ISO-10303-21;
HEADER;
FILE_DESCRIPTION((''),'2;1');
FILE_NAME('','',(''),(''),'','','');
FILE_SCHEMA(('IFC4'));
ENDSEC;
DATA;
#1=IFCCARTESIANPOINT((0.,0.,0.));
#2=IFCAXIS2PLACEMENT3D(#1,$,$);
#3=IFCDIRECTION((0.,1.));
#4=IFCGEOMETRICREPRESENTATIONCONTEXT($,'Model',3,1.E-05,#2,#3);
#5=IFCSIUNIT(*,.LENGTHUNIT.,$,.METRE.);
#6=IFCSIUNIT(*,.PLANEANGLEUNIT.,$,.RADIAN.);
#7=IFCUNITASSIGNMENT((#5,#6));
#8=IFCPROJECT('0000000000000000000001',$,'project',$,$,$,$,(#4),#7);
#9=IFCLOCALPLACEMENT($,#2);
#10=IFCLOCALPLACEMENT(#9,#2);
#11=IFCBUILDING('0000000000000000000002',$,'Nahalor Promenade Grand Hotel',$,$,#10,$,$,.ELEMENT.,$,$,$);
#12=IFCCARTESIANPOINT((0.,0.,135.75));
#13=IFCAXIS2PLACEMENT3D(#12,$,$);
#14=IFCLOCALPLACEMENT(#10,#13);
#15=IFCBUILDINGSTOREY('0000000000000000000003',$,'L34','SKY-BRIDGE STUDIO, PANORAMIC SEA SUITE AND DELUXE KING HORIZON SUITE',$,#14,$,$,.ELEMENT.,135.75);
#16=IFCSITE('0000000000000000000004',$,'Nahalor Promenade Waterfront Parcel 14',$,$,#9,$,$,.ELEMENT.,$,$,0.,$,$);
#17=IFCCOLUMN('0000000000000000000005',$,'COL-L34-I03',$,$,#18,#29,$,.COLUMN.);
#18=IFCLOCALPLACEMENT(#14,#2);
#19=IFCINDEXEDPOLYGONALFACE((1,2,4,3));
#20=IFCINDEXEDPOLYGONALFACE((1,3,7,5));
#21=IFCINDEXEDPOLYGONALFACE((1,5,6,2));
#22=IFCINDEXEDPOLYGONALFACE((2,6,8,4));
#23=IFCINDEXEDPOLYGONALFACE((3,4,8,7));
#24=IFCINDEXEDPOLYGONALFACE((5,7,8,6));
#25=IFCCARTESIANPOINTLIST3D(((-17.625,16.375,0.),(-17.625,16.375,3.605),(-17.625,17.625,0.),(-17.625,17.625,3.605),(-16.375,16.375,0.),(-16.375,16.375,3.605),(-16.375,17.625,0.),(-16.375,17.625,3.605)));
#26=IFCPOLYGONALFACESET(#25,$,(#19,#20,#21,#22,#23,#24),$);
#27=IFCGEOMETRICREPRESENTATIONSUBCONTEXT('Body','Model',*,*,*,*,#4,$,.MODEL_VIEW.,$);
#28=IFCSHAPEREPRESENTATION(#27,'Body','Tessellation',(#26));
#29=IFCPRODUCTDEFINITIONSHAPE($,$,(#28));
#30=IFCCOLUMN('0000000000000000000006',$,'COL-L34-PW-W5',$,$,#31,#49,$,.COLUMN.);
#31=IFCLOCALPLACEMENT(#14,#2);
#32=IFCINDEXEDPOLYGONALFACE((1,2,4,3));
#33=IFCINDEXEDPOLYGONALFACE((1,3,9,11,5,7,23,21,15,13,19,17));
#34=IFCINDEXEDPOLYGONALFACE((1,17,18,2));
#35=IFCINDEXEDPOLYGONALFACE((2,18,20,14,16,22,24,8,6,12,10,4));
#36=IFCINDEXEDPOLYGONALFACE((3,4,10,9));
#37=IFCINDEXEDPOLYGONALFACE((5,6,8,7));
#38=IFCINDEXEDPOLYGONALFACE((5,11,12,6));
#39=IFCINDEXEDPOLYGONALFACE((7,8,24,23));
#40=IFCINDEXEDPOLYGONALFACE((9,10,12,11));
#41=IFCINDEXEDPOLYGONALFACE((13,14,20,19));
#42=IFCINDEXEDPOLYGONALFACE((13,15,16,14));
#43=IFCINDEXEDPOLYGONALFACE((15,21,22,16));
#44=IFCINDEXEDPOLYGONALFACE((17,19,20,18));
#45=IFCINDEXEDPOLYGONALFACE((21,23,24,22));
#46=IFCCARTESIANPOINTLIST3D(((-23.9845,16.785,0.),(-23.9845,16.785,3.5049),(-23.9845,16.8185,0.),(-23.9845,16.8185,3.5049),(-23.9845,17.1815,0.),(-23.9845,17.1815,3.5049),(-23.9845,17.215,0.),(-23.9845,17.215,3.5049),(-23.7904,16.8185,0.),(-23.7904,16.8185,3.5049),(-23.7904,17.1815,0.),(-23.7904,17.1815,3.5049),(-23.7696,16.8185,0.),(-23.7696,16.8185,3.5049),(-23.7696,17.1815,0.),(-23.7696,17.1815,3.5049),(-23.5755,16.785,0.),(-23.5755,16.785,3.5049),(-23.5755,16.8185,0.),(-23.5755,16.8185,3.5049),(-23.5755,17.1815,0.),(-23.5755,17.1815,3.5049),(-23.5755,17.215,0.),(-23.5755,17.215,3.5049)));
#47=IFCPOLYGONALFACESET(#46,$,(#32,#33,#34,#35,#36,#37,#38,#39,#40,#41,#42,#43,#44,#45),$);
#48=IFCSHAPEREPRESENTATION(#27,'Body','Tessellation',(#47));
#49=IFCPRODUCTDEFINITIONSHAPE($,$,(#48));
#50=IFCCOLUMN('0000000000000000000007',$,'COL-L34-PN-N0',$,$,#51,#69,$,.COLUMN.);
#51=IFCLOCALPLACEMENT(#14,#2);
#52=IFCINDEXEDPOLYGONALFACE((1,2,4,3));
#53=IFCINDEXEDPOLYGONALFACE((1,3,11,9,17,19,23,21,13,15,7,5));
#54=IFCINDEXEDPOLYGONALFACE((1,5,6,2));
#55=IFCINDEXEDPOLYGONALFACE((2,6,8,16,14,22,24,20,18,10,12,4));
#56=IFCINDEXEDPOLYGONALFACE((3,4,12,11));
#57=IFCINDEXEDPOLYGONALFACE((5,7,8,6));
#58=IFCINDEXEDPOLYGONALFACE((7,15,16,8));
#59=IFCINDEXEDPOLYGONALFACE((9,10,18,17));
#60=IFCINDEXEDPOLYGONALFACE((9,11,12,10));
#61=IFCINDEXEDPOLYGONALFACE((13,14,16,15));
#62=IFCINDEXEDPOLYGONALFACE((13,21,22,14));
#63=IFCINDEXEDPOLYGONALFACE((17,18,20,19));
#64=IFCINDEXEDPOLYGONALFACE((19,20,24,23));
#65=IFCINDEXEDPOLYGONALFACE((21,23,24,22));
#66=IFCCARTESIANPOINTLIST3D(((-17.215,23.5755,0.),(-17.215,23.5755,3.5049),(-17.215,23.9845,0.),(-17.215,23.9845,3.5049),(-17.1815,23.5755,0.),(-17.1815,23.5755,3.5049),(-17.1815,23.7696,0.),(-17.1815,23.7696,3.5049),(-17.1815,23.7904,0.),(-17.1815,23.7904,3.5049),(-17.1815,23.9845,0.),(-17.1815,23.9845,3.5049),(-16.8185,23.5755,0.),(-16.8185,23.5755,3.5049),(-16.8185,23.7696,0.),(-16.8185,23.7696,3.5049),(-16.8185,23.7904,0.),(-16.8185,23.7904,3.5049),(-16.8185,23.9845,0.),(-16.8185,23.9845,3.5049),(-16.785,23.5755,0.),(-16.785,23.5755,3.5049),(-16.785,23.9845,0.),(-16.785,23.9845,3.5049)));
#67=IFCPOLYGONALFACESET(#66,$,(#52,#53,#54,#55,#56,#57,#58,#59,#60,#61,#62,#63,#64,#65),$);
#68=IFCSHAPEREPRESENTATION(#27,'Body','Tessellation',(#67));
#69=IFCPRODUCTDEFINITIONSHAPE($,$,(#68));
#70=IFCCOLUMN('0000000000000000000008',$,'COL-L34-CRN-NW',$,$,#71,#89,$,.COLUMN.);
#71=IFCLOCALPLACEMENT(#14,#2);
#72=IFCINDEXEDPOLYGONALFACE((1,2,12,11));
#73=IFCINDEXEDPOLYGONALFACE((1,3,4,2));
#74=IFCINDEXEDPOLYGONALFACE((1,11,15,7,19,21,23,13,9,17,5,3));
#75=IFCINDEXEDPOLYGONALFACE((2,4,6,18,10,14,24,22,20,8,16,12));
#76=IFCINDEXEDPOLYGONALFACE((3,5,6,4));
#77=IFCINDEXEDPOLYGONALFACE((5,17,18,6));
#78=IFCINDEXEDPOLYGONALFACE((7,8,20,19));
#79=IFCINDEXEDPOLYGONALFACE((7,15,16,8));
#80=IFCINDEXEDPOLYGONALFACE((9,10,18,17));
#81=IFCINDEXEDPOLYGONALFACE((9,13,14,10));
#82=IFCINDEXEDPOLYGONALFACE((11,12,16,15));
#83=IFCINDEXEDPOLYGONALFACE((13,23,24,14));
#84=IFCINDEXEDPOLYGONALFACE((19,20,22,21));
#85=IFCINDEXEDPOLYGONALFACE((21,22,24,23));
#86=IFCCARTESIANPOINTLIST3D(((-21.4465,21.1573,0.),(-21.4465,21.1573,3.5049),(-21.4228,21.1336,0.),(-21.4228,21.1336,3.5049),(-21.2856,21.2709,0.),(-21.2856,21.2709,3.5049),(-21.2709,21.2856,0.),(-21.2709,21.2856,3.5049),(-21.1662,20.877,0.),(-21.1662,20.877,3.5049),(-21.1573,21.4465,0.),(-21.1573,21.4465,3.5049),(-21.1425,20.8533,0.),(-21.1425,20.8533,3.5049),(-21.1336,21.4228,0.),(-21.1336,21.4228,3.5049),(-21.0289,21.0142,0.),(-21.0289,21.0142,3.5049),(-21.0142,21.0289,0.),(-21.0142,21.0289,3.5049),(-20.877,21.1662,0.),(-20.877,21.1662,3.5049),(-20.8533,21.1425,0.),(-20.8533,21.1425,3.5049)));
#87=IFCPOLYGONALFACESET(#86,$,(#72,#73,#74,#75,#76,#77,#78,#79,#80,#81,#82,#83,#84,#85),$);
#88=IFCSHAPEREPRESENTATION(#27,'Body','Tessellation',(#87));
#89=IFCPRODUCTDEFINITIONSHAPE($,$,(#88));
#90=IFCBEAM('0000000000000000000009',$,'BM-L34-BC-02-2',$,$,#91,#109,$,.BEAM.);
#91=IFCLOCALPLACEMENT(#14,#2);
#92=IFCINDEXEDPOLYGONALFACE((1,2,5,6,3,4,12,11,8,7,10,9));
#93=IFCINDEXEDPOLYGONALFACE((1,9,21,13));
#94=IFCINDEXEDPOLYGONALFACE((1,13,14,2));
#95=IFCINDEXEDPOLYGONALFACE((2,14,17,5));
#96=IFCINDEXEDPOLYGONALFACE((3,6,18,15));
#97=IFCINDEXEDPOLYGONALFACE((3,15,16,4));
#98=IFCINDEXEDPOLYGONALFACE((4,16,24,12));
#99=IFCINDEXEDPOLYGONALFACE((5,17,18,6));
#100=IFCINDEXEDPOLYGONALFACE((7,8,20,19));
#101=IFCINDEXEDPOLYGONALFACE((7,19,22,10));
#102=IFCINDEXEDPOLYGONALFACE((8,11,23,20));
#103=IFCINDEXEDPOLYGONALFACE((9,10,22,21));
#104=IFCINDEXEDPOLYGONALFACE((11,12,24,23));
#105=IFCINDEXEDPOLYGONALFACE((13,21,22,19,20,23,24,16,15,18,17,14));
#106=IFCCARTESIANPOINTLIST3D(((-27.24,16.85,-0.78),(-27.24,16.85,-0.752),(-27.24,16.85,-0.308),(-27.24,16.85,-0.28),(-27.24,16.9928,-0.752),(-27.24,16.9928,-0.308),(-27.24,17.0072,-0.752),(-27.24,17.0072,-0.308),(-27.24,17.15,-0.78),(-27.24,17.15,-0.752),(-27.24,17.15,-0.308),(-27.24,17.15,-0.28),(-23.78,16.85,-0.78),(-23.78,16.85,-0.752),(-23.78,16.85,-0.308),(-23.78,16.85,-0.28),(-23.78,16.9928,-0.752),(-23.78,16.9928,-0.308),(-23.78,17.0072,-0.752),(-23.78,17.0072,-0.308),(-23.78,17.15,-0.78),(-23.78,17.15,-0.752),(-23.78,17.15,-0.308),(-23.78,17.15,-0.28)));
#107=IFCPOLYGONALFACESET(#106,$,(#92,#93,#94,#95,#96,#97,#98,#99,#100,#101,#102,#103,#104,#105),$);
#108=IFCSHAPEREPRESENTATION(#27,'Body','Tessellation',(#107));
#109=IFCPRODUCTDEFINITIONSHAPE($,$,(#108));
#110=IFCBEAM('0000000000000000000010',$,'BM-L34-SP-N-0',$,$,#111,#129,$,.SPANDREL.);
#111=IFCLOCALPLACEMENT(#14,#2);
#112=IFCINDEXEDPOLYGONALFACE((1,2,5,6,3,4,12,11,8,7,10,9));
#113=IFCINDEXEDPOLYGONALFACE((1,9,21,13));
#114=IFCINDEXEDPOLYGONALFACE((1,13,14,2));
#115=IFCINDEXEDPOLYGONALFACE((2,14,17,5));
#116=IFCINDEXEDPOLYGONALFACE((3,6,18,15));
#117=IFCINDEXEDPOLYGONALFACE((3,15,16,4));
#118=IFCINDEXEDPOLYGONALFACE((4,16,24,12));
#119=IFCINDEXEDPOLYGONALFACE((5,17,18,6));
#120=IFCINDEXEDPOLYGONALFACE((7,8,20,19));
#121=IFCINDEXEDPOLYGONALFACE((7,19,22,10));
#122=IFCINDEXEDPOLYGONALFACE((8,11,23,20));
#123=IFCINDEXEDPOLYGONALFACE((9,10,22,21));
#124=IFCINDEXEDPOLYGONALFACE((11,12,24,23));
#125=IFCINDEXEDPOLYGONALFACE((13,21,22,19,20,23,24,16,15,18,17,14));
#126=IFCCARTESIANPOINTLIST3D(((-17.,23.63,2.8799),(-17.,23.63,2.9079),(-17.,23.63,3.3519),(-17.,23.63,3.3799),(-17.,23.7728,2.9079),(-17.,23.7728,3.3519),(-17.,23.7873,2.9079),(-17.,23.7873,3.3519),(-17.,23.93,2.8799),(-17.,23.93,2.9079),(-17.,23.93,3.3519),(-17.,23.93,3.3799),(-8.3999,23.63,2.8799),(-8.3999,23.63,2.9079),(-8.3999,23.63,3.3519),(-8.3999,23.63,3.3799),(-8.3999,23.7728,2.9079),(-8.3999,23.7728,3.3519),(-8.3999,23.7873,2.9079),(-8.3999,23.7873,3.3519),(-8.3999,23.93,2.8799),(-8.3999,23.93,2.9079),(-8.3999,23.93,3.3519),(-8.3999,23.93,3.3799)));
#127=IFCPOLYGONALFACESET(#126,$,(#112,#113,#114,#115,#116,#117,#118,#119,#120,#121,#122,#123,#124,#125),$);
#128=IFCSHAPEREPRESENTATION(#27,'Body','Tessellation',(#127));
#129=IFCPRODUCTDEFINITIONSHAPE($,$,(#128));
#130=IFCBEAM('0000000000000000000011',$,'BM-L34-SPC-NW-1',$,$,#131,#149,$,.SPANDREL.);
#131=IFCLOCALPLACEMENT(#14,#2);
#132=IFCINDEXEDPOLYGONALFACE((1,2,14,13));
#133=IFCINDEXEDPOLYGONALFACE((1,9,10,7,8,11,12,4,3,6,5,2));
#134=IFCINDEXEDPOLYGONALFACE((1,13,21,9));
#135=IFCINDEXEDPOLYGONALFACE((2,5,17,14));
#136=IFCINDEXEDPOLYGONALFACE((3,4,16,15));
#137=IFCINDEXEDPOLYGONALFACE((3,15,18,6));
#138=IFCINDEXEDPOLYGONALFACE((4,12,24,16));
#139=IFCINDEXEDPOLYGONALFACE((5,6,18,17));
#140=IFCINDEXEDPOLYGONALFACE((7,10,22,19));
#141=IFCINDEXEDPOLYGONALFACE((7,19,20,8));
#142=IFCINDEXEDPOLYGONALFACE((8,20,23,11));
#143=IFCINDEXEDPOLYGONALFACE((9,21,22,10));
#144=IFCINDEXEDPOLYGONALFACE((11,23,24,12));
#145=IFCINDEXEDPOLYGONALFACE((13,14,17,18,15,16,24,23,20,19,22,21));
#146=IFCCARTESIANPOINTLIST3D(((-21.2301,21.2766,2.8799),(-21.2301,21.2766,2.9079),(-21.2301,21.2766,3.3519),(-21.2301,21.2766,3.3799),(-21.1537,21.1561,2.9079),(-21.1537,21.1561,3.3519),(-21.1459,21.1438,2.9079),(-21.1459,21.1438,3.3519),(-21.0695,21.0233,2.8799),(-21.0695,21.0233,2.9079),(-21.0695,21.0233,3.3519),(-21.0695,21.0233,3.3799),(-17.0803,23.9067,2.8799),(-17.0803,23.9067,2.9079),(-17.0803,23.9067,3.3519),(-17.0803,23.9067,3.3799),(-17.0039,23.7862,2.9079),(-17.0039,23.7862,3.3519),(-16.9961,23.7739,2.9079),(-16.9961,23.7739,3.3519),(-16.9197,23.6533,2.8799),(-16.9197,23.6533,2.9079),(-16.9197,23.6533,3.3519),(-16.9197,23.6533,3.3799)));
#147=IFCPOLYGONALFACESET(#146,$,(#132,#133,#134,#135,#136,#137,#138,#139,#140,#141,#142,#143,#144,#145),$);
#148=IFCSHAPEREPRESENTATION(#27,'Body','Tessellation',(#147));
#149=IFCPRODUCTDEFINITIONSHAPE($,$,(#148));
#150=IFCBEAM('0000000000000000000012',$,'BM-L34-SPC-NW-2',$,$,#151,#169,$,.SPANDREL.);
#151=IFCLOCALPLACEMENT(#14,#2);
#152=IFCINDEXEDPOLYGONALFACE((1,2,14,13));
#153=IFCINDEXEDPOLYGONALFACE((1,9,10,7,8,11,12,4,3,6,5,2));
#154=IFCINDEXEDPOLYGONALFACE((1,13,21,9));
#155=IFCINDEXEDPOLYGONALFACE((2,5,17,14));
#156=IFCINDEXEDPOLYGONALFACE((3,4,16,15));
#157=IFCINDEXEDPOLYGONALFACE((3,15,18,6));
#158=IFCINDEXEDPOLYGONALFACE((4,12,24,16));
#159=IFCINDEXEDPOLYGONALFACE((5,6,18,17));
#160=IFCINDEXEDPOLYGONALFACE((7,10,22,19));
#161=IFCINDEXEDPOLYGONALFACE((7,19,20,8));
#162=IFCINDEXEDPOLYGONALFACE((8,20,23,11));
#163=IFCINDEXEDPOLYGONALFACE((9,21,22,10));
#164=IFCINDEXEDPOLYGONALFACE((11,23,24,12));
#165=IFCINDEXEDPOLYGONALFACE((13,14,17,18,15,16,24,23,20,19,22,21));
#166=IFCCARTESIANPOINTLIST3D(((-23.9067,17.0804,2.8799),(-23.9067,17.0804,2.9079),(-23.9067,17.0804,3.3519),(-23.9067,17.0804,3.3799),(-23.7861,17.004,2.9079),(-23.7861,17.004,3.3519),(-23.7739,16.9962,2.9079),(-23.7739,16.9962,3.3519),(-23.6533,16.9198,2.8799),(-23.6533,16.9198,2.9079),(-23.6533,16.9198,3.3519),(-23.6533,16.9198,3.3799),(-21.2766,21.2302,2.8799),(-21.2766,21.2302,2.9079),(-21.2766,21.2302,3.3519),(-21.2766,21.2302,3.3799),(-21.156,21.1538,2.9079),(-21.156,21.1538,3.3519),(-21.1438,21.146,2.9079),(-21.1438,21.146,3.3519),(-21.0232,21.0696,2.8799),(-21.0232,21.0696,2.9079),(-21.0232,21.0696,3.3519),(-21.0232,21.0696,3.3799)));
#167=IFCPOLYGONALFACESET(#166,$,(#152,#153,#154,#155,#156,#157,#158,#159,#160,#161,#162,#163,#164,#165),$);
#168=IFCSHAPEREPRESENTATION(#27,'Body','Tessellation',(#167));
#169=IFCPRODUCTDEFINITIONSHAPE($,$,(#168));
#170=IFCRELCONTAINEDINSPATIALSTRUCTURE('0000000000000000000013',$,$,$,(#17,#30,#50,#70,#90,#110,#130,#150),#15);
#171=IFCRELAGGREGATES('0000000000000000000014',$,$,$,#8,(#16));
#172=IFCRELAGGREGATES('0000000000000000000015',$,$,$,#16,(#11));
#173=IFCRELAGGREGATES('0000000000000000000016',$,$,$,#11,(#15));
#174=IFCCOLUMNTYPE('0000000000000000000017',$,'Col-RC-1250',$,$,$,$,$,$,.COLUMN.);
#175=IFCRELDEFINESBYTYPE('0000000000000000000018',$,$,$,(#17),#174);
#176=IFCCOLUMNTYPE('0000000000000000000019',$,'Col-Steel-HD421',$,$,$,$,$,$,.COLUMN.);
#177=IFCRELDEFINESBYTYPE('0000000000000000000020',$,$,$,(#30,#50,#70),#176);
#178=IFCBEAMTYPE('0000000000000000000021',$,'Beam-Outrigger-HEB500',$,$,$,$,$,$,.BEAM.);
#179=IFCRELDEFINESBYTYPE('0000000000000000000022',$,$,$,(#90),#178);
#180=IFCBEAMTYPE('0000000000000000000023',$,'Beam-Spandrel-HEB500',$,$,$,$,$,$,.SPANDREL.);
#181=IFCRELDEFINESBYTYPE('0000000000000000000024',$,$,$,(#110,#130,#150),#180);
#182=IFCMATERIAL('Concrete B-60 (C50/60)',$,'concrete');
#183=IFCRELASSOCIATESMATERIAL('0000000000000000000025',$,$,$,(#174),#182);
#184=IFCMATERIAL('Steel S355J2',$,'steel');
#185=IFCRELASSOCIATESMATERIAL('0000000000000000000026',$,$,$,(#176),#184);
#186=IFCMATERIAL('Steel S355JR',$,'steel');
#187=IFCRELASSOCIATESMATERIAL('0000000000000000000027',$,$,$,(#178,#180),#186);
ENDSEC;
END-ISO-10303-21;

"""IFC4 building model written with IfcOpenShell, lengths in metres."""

from ifc_helpers import new_model, si_unit, direction, frame, origin, origin_2d, place, context, subcontext, project, spatial, rectangle, i_section, extrude, source, transform, mapped, material, material_profile, profile_set, type_object, element, save


model = new_model("IFC4")

# Units and contexts
model_context = context("Model", 3, precision=1e-05, world=origin(), true_north=direction((0.0, 1.0)))
body_context = subcontext(model_context, "Body", "Model", "MODEL_VIEW")
ifc_project = project(units=[si_unit("LENGTHUNIT", "METRE"), si_unit("PLANEANGLEUNIT", "RADIAN")], contexts=[model_context])

# Site, building, storey
site_placement = place(None, origin())
site = spatial("IfcSite", under=ifc_project, at=site_placement, Name="Nahalor Promenade Waterfront Parcel 14", CompositionType="ELEMENT", RefElevation=0.0)
building_placement = place(site_placement, origin())
building = spatial("IfcBuilding", under=site, at=building_placement, Name="Nahalor Promenade Grand Hotel", CompositionType="ELEMENT")
storey_placement = place(building_placement, frame((0.0, 0.0, 135.75)))
storey = spatial("IfcBuildingStorey", under=building, at=storey_placement, Name="L34", Description="SKY-BRIDGE STUDIO, PANORAMIC SEA SUITE AND DELUXE KING HORIZON SUITE", CompositionType="ELEMENT", Elevation=135.75)

# Columns
ifc_material_1 = material(Name="Concrete B-60 (C50/60)", Category="concrete")
ifc_material_profile_1 = material_profile(ifc_material_1, rectangle(XDim=1.25, YDim=1.25, at=origin_2d()), Name="RC 1250x1250")
ifc_profile_set_1 = profile_set([ifc_material_profile_1], Name="Concrete B-60 (C50/60)")
column_type_1 = type_object("IfcColumnType", Name="Col-RC-1250", PredefinedType="COLUMN", material=ifc_profile_set_1)
shared_shape_1 = source(origin(), body_context, "Body", "SweptSolid", [
    extrude(rectangle(XDim=1.25, YDim=1.25, at=origin_2d()), origin(), (0.0, 0.0, 1.0), 3.605),
])
column_placement = place(storey_placement, frame((-17.0, 17.0, 0.0), z_axis=(0.0, 0.0, 1.0), x_axis=(1.0, 0.0, 0.0)))
element("IfcColumn", 1, at=column_placement, inside=storey, type_object=column_type_1, Name="COL-L34-I03", PredefinedType="COLUMN", context=body_context, shape_type="MappedRepresentation", body=[
    mapped(shared_shape_1, transform((0.0, 0.0, 0.0), scale=1.0)),
])
ifc_material_2 = material(Name="Steel S355J2", Category="steel")
ifc_material_profile_2 = material_profile(ifc_material_2, i_section(OverallWidth=0.409, OverallDepth=0.43, WebThickness=0.0208, FlangeThickness=0.0335, at=origin_2d()), Name="HD 400x421")
ifc_profile_set_2 = profile_set([ifc_material_profile_2], Name="Steel S355J2")
column_type_2 = type_object("IfcColumnType", Name="Col-Steel-HD421", PredefinedType="COLUMN", material=ifc_profile_set_2)
shared_shape_2 = source(origin(), body_context, "Body", "SweptSolid", [
    extrude(i_section(OverallWidth=0.409, OverallDepth=0.43, WebThickness=0.0208, FlangeThickness=0.0335, at=origin_2d()), origin(), (0.0, 0.0, 1.0), 3.5049),
])
for number, where, z_axis, x_axis, name in (
    (2, (-23.78, 17.0, 0.0), (0.0, 0.0, 1.0), (1.0, 0.0, 0.0), "COL-L34-PW-W5"),
    (3, (-17.0, 23.78, 0.0), (0.0, 0.0, 1.0), (0.0, 1.0, 0.0), "COL-L34-PN-N0"),
    (4, (-21.1499, 21.1499, 0.0), (0.0, 0.0, 1.0), (0.707107, 0.707107, 0.0), "COL-L34-CRN-NW"),
):
    element("IfcColumn", number, at=place(storey_placement, frame(where, z_axis=z_axis, x_axis=x_axis)), inside=storey, type_object=column_type_2, Name=name, PredefinedType="COLUMN", context=body_context, shape_type="MappedRepresentation", body=[
        mapped(shared_shape_2, transform((0.0, 0.0, 0.0), scale=1.0)),
    ])

# Beams
ifc_material_3 = material(Name="Steel S355JR", Category="steel")
ifc_material_profile_3 = material_profile(ifc_material_3, i_section(OverallWidth=0.3, OverallDepth=0.5, WebThickness=0.0145, FlangeThickness=0.028, at=origin_2d()), Name="HEB 500")
ifc_profile_set_3 = profile_set([ifc_material_profile_3], Name="Steel S355JR")
beam_type_1 = type_object("IfcBeamType", Name="Beam-Outrigger-HEB500", PredefinedType="BEAM", material=ifc_profile_set_3)
shared_shape_3 = source(origin(), body_context, "Body", "SweptSolid", [
    extrude(i_section(OverallWidth=0.3, OverallDepth=0.5, WebThickness=0.0145, FlangeThickness=0.028, at=origin_2d()), origin(), (0.0, 0.0, 1.0), 3.46),
])
beam_1_placement = place(storey_placement, frame((-27.24, 17.0, -0.53), z_axis=(1.0, 0.0, 0.0), x_axis=(0.0, 1.0, 0.0)))
element("IfcBeam", 5, at=beam_1_placement, inside=storey, type_object=beam_type_1, Name="BM-L34-BC-02-2", PredefinedType="BEAM", context=body_context, shape_type="MappedRepresentation", body=[
    mapped(shared_shape_3, transform((0.0, 0.0, 0.0), scale=1.0)),
])
ifc_material_profile_4 = material_profile(ifc_material_3, i_section(OverallWidth=0.3, OverallDepth=0.5, WebThickness=0.0145, FlangeThickness=0.028, at=origin_2d()), Name="HEB 500")
ifc_profile_set_4 = profile_set([ifc_material_profile_4], Name="Steel S355JR")
beam_type_2 = type_object("IfcBeamType", Name="Beam-Spandrel-HEB500", PredefinedType="SPANDREL", material=ifc_profile_set_4)
shared_shape_4 = source(origin(), body_context, "Body", "SweptSolid", [
    extrude(i_section(OverallWidth=0.3, OverallDepth=0.5, WebThickness=0.0145, FlangeThickness=0.028, at=origin_2d()), origin(), (0.0, 0.0, 1.0), 8.6001),
])
beam_2_placement = place(storey_placement, frame((-17.0, 23.78, 3.1299), z_axis=(1.0, 0.0, 0.0), x_axis=(0.0, 1.0, 0.0)))
element("IfcBeam", 6, at=beam_2_placement, inside=storey, type_object=beam_type_2, Name="BM-L34-SP-N-0", PredefinedType="SPANDREL", context=body_context, shape_type="MappedRepresentation", body=[
    mapped(shared_shape_4, transform((0.0, 0.0, 0.0), scale=1.0)),
])
shared_shape_5 = source(origin(), body_context, "Body", "SweptSolid", [
    extrude(i_section(OverallWidth=0.3, OverallDepth=0.5, WebThickness=0.0145, FlangeThickness=0.028, at=origin_2d()), origin(), (0.0, 0.0, 1.0), 4.9131),
])
for number, where, z_axis, x_axis, name in (
    (7, (-17.0, 23.78, 3.1299), (-0.844648, -0.535322, 0.0), (0.535322, -0.844648, 0.0), "BM-L34-SPC-NW-1"),
    (8, (-21.1499, 21.1499, 3.1299), (-0.535322, -0.844648, 0.0), (0.844648, -0.535322, 0.0), "BM-L34-SPC-NW-2"),
):
    element("IfcBeam", number, at=place(storey_placement, frame(where, z_axis=z_axis, x_axis=x_axis)), inside=storey, type_object=beam_type_2, Name=name, PredefinedType="SPANDREL", context=body_context, shape_type="MappedRepresentation", body=[
        mapped(shared_shape_5, transform((0.0, 0.0, 0.0), scale=1.0)),
    ])

save(model, "model.ifc")
